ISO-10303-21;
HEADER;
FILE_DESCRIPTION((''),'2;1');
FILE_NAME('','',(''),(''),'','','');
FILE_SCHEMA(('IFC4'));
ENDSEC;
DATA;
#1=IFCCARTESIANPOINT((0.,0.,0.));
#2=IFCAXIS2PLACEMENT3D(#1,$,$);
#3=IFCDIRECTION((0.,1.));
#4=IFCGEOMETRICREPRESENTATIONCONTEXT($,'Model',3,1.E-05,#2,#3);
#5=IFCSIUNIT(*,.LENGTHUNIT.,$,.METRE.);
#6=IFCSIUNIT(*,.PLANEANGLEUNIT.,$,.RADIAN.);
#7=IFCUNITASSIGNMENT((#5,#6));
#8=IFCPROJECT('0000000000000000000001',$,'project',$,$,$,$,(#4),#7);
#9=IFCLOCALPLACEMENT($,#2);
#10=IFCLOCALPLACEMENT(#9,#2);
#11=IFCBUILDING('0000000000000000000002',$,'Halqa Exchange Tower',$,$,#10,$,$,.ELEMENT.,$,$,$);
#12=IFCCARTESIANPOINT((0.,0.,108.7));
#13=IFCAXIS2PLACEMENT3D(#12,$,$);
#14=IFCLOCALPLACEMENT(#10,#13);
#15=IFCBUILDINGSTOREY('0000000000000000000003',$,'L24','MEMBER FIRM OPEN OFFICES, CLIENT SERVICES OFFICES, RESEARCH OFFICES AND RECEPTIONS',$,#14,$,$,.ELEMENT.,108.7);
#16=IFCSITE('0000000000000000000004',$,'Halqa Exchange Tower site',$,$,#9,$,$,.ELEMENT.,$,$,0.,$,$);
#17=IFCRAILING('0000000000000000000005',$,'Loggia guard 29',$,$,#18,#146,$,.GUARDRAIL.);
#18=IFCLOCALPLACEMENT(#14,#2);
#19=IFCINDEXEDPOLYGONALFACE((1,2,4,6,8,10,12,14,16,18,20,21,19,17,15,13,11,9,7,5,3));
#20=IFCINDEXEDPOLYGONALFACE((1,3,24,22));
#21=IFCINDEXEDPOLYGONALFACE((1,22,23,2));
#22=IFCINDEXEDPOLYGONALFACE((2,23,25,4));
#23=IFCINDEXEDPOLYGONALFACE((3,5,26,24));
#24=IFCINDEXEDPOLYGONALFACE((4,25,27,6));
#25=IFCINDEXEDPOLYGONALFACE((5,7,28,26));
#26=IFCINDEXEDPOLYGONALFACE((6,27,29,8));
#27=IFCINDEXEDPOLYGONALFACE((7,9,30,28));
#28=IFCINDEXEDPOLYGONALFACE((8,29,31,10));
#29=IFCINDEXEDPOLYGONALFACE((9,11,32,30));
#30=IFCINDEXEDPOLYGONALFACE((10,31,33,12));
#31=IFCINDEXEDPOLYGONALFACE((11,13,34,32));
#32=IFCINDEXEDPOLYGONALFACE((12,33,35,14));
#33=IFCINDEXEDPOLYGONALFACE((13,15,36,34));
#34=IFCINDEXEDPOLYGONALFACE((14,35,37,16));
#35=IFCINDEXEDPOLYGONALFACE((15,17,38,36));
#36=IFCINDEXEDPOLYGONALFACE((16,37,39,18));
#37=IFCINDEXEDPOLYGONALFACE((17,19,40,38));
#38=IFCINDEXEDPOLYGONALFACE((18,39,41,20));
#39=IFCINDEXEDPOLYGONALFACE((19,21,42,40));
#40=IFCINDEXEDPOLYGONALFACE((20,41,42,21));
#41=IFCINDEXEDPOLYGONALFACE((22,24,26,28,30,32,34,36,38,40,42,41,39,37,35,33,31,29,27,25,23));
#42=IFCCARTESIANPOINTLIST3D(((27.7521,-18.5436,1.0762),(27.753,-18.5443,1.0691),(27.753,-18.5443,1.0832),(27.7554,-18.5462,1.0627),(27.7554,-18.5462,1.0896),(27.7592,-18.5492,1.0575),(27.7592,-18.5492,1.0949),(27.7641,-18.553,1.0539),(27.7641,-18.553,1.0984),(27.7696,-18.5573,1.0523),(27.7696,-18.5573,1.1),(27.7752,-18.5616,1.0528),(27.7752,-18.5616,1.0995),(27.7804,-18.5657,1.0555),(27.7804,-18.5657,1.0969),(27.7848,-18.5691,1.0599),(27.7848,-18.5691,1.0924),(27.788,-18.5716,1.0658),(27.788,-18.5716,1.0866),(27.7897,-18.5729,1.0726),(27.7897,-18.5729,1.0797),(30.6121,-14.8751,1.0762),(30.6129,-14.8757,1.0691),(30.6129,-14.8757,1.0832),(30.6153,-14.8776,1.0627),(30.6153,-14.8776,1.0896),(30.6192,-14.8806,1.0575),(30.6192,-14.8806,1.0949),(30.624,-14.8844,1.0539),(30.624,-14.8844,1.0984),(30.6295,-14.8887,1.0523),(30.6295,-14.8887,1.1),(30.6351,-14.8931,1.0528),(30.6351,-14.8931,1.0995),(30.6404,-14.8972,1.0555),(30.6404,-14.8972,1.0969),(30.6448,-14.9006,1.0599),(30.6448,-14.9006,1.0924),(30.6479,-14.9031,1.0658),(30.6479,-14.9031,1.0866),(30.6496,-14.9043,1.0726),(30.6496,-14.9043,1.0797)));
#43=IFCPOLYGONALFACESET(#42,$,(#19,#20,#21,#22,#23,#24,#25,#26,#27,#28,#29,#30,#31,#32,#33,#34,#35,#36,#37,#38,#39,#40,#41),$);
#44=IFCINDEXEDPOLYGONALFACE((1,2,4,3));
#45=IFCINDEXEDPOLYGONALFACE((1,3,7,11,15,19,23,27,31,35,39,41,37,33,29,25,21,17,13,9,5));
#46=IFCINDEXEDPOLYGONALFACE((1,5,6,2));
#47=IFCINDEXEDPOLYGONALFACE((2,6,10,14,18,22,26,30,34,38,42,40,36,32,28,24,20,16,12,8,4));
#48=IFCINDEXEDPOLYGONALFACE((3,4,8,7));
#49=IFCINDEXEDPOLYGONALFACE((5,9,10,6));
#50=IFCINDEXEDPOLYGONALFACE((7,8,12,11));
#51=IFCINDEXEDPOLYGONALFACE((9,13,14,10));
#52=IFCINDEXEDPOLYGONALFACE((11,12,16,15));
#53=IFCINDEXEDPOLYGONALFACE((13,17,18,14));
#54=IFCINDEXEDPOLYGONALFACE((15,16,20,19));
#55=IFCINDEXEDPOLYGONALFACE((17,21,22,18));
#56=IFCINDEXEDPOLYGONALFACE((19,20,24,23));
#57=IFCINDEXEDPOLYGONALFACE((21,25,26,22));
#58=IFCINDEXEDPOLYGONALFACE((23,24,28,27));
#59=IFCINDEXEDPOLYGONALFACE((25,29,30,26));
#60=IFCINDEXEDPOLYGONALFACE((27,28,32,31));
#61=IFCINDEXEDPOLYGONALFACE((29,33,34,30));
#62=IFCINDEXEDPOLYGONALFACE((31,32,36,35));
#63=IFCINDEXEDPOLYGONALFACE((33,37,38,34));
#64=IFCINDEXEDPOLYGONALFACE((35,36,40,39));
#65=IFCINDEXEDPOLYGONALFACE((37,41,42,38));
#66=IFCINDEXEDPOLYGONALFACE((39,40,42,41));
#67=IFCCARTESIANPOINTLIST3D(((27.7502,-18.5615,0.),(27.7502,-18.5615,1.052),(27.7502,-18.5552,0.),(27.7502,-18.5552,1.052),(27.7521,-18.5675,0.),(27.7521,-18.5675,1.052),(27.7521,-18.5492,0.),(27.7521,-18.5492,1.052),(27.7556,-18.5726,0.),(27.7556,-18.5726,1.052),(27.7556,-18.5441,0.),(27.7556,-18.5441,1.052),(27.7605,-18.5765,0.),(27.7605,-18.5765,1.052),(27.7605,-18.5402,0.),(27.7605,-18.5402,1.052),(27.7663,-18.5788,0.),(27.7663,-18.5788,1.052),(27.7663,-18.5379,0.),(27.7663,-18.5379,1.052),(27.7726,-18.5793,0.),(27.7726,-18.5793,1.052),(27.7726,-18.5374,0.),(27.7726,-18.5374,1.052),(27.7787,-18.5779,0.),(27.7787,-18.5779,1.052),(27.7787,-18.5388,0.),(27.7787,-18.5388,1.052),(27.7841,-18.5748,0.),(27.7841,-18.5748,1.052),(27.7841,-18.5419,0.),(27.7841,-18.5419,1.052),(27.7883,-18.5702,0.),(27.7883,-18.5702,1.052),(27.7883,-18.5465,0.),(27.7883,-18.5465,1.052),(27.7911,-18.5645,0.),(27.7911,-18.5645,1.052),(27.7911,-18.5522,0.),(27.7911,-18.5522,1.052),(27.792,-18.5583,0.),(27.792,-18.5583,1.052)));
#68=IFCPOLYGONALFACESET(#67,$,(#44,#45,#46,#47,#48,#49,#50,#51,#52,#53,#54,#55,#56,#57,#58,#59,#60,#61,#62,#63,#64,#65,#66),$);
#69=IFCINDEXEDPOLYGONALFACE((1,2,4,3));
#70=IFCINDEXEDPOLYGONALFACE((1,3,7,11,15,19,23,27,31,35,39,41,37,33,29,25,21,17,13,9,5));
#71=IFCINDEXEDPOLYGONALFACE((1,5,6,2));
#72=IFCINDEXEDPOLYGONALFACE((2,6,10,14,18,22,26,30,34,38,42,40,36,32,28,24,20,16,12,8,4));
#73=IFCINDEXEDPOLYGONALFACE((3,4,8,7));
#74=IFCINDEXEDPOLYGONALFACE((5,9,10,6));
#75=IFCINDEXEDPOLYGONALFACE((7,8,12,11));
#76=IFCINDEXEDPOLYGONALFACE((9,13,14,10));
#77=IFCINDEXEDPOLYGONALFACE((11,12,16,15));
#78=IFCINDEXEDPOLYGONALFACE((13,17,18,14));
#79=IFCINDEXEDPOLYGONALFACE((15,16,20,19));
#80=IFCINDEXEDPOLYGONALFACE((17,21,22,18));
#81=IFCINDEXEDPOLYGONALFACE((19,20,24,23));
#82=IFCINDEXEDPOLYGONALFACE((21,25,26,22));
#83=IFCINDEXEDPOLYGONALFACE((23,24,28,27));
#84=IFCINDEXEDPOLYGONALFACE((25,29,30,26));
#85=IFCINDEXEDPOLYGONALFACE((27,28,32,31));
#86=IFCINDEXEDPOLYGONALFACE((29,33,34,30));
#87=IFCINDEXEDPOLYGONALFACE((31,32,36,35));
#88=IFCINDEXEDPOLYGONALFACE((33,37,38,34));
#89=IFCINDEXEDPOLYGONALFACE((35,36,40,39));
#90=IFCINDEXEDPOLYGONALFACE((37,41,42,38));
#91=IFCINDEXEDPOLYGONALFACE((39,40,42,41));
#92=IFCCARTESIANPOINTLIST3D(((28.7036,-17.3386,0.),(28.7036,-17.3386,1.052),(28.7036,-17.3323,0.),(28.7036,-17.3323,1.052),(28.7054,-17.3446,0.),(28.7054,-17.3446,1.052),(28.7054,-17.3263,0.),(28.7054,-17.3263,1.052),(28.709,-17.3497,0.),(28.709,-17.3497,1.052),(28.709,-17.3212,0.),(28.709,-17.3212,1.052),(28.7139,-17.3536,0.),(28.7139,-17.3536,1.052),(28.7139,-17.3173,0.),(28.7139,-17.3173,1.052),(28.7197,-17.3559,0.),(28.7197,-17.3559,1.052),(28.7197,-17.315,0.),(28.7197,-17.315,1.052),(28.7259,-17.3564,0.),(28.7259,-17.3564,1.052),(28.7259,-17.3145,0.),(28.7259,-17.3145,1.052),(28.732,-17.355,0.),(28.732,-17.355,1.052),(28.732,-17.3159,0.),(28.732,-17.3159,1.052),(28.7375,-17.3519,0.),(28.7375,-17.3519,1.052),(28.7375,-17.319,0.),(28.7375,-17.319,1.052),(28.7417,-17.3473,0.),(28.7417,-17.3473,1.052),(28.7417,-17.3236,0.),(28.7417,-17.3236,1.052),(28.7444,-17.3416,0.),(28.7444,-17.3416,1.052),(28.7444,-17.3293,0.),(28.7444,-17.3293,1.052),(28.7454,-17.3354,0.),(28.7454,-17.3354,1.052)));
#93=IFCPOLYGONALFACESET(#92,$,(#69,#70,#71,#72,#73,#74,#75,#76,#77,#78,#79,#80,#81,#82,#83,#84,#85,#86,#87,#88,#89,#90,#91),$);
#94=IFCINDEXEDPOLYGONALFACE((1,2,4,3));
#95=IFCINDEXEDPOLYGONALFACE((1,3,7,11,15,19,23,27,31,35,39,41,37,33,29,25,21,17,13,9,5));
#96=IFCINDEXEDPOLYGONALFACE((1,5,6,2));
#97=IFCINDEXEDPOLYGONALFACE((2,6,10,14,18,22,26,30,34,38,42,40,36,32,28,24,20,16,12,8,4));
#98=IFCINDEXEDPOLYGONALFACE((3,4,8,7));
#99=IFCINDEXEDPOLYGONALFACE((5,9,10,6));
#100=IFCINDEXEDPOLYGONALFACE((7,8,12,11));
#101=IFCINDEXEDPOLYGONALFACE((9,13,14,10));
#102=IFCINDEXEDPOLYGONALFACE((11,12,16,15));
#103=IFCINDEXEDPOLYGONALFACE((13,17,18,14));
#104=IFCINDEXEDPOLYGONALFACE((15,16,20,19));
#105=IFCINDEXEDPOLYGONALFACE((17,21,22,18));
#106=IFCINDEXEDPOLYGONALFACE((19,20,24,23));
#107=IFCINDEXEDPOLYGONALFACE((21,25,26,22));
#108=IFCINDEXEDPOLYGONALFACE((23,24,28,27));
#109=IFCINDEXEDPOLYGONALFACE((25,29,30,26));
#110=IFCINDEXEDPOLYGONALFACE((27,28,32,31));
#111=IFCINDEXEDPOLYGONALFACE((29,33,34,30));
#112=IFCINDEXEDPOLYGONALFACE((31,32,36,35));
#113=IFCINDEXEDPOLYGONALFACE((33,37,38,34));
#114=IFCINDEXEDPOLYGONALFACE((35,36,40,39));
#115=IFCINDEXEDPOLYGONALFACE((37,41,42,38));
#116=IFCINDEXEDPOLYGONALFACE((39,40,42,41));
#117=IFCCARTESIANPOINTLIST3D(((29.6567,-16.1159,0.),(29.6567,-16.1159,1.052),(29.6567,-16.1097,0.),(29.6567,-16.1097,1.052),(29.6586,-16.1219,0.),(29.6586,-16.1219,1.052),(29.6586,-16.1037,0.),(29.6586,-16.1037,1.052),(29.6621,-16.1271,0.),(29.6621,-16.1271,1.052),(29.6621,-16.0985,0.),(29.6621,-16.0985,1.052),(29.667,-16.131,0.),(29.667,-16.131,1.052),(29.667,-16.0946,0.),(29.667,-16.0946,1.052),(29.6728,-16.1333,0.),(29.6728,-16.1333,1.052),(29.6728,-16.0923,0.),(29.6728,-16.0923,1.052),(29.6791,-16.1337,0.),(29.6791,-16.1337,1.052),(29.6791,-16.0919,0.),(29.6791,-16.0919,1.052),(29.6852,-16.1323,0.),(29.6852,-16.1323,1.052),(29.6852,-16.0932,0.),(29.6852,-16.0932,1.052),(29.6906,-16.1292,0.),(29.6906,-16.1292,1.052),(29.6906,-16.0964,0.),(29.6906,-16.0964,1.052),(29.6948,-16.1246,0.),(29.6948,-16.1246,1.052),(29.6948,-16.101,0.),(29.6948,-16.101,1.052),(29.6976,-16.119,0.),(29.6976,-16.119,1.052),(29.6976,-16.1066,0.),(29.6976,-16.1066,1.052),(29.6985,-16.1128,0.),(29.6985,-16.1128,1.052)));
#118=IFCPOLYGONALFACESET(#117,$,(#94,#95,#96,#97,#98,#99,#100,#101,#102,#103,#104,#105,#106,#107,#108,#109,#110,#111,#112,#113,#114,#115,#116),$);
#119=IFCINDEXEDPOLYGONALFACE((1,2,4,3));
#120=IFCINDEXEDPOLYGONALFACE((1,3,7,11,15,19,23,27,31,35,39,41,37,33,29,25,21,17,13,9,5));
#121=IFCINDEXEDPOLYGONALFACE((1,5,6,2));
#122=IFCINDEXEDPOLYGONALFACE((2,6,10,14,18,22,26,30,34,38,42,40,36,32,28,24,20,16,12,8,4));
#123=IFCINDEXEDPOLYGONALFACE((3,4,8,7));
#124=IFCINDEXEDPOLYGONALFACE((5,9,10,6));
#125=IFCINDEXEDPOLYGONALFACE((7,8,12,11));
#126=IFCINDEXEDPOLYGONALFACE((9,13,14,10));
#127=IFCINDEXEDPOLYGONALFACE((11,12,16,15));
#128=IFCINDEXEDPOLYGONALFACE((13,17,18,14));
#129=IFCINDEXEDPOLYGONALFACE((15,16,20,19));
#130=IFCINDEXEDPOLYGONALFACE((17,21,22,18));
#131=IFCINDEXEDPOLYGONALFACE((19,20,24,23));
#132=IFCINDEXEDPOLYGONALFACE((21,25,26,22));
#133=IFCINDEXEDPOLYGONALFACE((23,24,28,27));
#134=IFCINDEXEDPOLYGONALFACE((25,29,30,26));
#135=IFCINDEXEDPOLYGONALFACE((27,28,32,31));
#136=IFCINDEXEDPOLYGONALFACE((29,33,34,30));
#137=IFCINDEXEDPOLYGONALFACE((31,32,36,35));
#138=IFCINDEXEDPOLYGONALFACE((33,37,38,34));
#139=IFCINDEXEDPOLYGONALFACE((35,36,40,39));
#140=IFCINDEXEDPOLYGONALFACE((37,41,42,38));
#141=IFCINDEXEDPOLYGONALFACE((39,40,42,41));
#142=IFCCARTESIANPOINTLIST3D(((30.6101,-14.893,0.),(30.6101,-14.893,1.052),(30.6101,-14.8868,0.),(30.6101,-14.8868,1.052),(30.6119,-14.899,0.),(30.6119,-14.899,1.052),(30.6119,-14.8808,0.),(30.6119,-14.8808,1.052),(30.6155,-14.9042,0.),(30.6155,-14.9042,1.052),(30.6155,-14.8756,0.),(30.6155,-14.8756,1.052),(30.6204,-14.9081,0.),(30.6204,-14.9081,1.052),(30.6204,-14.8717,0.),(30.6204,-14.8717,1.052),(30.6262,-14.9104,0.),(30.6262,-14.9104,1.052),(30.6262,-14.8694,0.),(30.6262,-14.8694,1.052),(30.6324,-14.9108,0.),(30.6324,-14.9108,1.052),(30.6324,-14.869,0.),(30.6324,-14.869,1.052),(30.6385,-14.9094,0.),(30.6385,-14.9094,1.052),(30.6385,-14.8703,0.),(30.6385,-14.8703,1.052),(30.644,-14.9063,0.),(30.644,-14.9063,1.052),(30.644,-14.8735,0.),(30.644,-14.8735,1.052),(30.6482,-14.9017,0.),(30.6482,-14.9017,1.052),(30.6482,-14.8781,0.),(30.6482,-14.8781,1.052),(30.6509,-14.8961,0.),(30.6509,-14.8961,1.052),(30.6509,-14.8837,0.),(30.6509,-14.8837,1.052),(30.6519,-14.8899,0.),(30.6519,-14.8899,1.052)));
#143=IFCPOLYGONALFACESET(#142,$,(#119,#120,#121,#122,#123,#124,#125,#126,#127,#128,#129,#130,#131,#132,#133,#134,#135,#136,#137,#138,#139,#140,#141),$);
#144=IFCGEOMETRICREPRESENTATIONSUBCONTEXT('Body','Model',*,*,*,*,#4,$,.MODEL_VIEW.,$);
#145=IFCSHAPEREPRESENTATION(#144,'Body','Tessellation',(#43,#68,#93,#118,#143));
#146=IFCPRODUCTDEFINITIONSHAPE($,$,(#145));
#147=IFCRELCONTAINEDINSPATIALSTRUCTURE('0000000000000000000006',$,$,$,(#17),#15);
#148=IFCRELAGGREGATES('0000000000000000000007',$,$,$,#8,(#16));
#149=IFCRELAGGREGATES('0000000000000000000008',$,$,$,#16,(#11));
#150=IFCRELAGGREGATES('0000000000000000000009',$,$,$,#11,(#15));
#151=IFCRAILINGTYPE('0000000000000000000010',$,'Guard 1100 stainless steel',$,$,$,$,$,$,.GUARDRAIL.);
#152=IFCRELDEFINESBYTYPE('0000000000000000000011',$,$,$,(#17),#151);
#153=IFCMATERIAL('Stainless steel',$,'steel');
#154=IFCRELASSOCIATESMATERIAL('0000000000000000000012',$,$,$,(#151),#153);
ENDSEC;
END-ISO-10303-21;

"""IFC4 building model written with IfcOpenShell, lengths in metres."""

from ifc_helpers import new_model, si_unit, direction, frame, origin, origin_2d, place, context, subcontext, project, spatial, circle, extrude, material, type_object, element, save


model = new_model("IFC4")

# Units and contexts
model_context = context("Model", 3, precision=1e-05, world=origin(), true_north=direction((0.0, 1.0)))
body_context = subcontext(model_context, "Body", "Model", "MODEL_VIEW")
ifc_project = project(units=[si_unit("LENGTHUNIT", "METRE"), si_unit("PLANEANGLEUNIT", "RADIAN")], contexts=[model_context])

# Site, building, storey
site_placement = place(None, origin())
site = spatial("IfcSite", under=ifc_project, at=site_placement, Name="Halqa Exchange Tower site", CompositionType="ELEMENT", RefElevation=0.0)
building_placement = place(site_placement, origin())
building = spatial("IfcBuilding", under=site, at=building_placement, Name="Halqa Exchange Tower", CompositionType="ELEMENT")
storey_placement = place(building_placement, frame((0.0, 0.0, 108.7)))
storey = spatial("IfcBuildingStorey", under=building, at=storey_placement, Name="L24", Description="MEMBER FIRM OPEN OFFICES, CLIENT SERVICES OFFICES, RESEARCH OFFICES AND RECEPTIONS", CompositionType="ELEMENT", Elevation=108.7)

# Railing
ifc_material_1 = material(Name="Stainless steel", Category="steel")
railing_type = type_object("IfcRailingType", Name="Guard 1100 stainless steel", PredefinedType="GUARDRAIL", material=ifc_material_1)
railing_1_placement = place(storey_placement, frame((27.771, -18.5583, 0.0)))
element("IfcRailing", 1, at=railing_1_placement, inside=storey, type_object=railing_type, Name="Loggia guard 29", PredefinedType="GUARDRAIL", context=body_context, shape_type="SweptSolid", body=[
    extrude(circle(Radius=0.0239, at=origin_2d()), frame((0.0, 0.0, 1.0762), z_axis=(0.614827, 0.788662, 0.0), x_axis=(-0.788662, 0.614827, 0.0)), (0.0, 0.0, 1.0), 4.6516),
    extrude(circle(Radius=0.021, at=origin_2d()), origin(), (0.0, 0.0, 1.0), 1.052),
    extrude(circle(Radius=0.021, at=origin_2d()), frame((0.9534, 1.2229, 0.0)), (0.0, 0.0, 1.0), 1.052),
    extrude(circle(Radius=0.021, at=origin_2d()), frame((1.9065, 2.4456, 0.0)), (0.0, 0.0, 1.0), 1.052),
    extrude(circle(Radius=0.021, at=origin_2d()), frame((2.8599, 3.6685, 0.0)), (0.0, 0.0, 1.0), 1.052),
])

save(model, "model.ifc")
